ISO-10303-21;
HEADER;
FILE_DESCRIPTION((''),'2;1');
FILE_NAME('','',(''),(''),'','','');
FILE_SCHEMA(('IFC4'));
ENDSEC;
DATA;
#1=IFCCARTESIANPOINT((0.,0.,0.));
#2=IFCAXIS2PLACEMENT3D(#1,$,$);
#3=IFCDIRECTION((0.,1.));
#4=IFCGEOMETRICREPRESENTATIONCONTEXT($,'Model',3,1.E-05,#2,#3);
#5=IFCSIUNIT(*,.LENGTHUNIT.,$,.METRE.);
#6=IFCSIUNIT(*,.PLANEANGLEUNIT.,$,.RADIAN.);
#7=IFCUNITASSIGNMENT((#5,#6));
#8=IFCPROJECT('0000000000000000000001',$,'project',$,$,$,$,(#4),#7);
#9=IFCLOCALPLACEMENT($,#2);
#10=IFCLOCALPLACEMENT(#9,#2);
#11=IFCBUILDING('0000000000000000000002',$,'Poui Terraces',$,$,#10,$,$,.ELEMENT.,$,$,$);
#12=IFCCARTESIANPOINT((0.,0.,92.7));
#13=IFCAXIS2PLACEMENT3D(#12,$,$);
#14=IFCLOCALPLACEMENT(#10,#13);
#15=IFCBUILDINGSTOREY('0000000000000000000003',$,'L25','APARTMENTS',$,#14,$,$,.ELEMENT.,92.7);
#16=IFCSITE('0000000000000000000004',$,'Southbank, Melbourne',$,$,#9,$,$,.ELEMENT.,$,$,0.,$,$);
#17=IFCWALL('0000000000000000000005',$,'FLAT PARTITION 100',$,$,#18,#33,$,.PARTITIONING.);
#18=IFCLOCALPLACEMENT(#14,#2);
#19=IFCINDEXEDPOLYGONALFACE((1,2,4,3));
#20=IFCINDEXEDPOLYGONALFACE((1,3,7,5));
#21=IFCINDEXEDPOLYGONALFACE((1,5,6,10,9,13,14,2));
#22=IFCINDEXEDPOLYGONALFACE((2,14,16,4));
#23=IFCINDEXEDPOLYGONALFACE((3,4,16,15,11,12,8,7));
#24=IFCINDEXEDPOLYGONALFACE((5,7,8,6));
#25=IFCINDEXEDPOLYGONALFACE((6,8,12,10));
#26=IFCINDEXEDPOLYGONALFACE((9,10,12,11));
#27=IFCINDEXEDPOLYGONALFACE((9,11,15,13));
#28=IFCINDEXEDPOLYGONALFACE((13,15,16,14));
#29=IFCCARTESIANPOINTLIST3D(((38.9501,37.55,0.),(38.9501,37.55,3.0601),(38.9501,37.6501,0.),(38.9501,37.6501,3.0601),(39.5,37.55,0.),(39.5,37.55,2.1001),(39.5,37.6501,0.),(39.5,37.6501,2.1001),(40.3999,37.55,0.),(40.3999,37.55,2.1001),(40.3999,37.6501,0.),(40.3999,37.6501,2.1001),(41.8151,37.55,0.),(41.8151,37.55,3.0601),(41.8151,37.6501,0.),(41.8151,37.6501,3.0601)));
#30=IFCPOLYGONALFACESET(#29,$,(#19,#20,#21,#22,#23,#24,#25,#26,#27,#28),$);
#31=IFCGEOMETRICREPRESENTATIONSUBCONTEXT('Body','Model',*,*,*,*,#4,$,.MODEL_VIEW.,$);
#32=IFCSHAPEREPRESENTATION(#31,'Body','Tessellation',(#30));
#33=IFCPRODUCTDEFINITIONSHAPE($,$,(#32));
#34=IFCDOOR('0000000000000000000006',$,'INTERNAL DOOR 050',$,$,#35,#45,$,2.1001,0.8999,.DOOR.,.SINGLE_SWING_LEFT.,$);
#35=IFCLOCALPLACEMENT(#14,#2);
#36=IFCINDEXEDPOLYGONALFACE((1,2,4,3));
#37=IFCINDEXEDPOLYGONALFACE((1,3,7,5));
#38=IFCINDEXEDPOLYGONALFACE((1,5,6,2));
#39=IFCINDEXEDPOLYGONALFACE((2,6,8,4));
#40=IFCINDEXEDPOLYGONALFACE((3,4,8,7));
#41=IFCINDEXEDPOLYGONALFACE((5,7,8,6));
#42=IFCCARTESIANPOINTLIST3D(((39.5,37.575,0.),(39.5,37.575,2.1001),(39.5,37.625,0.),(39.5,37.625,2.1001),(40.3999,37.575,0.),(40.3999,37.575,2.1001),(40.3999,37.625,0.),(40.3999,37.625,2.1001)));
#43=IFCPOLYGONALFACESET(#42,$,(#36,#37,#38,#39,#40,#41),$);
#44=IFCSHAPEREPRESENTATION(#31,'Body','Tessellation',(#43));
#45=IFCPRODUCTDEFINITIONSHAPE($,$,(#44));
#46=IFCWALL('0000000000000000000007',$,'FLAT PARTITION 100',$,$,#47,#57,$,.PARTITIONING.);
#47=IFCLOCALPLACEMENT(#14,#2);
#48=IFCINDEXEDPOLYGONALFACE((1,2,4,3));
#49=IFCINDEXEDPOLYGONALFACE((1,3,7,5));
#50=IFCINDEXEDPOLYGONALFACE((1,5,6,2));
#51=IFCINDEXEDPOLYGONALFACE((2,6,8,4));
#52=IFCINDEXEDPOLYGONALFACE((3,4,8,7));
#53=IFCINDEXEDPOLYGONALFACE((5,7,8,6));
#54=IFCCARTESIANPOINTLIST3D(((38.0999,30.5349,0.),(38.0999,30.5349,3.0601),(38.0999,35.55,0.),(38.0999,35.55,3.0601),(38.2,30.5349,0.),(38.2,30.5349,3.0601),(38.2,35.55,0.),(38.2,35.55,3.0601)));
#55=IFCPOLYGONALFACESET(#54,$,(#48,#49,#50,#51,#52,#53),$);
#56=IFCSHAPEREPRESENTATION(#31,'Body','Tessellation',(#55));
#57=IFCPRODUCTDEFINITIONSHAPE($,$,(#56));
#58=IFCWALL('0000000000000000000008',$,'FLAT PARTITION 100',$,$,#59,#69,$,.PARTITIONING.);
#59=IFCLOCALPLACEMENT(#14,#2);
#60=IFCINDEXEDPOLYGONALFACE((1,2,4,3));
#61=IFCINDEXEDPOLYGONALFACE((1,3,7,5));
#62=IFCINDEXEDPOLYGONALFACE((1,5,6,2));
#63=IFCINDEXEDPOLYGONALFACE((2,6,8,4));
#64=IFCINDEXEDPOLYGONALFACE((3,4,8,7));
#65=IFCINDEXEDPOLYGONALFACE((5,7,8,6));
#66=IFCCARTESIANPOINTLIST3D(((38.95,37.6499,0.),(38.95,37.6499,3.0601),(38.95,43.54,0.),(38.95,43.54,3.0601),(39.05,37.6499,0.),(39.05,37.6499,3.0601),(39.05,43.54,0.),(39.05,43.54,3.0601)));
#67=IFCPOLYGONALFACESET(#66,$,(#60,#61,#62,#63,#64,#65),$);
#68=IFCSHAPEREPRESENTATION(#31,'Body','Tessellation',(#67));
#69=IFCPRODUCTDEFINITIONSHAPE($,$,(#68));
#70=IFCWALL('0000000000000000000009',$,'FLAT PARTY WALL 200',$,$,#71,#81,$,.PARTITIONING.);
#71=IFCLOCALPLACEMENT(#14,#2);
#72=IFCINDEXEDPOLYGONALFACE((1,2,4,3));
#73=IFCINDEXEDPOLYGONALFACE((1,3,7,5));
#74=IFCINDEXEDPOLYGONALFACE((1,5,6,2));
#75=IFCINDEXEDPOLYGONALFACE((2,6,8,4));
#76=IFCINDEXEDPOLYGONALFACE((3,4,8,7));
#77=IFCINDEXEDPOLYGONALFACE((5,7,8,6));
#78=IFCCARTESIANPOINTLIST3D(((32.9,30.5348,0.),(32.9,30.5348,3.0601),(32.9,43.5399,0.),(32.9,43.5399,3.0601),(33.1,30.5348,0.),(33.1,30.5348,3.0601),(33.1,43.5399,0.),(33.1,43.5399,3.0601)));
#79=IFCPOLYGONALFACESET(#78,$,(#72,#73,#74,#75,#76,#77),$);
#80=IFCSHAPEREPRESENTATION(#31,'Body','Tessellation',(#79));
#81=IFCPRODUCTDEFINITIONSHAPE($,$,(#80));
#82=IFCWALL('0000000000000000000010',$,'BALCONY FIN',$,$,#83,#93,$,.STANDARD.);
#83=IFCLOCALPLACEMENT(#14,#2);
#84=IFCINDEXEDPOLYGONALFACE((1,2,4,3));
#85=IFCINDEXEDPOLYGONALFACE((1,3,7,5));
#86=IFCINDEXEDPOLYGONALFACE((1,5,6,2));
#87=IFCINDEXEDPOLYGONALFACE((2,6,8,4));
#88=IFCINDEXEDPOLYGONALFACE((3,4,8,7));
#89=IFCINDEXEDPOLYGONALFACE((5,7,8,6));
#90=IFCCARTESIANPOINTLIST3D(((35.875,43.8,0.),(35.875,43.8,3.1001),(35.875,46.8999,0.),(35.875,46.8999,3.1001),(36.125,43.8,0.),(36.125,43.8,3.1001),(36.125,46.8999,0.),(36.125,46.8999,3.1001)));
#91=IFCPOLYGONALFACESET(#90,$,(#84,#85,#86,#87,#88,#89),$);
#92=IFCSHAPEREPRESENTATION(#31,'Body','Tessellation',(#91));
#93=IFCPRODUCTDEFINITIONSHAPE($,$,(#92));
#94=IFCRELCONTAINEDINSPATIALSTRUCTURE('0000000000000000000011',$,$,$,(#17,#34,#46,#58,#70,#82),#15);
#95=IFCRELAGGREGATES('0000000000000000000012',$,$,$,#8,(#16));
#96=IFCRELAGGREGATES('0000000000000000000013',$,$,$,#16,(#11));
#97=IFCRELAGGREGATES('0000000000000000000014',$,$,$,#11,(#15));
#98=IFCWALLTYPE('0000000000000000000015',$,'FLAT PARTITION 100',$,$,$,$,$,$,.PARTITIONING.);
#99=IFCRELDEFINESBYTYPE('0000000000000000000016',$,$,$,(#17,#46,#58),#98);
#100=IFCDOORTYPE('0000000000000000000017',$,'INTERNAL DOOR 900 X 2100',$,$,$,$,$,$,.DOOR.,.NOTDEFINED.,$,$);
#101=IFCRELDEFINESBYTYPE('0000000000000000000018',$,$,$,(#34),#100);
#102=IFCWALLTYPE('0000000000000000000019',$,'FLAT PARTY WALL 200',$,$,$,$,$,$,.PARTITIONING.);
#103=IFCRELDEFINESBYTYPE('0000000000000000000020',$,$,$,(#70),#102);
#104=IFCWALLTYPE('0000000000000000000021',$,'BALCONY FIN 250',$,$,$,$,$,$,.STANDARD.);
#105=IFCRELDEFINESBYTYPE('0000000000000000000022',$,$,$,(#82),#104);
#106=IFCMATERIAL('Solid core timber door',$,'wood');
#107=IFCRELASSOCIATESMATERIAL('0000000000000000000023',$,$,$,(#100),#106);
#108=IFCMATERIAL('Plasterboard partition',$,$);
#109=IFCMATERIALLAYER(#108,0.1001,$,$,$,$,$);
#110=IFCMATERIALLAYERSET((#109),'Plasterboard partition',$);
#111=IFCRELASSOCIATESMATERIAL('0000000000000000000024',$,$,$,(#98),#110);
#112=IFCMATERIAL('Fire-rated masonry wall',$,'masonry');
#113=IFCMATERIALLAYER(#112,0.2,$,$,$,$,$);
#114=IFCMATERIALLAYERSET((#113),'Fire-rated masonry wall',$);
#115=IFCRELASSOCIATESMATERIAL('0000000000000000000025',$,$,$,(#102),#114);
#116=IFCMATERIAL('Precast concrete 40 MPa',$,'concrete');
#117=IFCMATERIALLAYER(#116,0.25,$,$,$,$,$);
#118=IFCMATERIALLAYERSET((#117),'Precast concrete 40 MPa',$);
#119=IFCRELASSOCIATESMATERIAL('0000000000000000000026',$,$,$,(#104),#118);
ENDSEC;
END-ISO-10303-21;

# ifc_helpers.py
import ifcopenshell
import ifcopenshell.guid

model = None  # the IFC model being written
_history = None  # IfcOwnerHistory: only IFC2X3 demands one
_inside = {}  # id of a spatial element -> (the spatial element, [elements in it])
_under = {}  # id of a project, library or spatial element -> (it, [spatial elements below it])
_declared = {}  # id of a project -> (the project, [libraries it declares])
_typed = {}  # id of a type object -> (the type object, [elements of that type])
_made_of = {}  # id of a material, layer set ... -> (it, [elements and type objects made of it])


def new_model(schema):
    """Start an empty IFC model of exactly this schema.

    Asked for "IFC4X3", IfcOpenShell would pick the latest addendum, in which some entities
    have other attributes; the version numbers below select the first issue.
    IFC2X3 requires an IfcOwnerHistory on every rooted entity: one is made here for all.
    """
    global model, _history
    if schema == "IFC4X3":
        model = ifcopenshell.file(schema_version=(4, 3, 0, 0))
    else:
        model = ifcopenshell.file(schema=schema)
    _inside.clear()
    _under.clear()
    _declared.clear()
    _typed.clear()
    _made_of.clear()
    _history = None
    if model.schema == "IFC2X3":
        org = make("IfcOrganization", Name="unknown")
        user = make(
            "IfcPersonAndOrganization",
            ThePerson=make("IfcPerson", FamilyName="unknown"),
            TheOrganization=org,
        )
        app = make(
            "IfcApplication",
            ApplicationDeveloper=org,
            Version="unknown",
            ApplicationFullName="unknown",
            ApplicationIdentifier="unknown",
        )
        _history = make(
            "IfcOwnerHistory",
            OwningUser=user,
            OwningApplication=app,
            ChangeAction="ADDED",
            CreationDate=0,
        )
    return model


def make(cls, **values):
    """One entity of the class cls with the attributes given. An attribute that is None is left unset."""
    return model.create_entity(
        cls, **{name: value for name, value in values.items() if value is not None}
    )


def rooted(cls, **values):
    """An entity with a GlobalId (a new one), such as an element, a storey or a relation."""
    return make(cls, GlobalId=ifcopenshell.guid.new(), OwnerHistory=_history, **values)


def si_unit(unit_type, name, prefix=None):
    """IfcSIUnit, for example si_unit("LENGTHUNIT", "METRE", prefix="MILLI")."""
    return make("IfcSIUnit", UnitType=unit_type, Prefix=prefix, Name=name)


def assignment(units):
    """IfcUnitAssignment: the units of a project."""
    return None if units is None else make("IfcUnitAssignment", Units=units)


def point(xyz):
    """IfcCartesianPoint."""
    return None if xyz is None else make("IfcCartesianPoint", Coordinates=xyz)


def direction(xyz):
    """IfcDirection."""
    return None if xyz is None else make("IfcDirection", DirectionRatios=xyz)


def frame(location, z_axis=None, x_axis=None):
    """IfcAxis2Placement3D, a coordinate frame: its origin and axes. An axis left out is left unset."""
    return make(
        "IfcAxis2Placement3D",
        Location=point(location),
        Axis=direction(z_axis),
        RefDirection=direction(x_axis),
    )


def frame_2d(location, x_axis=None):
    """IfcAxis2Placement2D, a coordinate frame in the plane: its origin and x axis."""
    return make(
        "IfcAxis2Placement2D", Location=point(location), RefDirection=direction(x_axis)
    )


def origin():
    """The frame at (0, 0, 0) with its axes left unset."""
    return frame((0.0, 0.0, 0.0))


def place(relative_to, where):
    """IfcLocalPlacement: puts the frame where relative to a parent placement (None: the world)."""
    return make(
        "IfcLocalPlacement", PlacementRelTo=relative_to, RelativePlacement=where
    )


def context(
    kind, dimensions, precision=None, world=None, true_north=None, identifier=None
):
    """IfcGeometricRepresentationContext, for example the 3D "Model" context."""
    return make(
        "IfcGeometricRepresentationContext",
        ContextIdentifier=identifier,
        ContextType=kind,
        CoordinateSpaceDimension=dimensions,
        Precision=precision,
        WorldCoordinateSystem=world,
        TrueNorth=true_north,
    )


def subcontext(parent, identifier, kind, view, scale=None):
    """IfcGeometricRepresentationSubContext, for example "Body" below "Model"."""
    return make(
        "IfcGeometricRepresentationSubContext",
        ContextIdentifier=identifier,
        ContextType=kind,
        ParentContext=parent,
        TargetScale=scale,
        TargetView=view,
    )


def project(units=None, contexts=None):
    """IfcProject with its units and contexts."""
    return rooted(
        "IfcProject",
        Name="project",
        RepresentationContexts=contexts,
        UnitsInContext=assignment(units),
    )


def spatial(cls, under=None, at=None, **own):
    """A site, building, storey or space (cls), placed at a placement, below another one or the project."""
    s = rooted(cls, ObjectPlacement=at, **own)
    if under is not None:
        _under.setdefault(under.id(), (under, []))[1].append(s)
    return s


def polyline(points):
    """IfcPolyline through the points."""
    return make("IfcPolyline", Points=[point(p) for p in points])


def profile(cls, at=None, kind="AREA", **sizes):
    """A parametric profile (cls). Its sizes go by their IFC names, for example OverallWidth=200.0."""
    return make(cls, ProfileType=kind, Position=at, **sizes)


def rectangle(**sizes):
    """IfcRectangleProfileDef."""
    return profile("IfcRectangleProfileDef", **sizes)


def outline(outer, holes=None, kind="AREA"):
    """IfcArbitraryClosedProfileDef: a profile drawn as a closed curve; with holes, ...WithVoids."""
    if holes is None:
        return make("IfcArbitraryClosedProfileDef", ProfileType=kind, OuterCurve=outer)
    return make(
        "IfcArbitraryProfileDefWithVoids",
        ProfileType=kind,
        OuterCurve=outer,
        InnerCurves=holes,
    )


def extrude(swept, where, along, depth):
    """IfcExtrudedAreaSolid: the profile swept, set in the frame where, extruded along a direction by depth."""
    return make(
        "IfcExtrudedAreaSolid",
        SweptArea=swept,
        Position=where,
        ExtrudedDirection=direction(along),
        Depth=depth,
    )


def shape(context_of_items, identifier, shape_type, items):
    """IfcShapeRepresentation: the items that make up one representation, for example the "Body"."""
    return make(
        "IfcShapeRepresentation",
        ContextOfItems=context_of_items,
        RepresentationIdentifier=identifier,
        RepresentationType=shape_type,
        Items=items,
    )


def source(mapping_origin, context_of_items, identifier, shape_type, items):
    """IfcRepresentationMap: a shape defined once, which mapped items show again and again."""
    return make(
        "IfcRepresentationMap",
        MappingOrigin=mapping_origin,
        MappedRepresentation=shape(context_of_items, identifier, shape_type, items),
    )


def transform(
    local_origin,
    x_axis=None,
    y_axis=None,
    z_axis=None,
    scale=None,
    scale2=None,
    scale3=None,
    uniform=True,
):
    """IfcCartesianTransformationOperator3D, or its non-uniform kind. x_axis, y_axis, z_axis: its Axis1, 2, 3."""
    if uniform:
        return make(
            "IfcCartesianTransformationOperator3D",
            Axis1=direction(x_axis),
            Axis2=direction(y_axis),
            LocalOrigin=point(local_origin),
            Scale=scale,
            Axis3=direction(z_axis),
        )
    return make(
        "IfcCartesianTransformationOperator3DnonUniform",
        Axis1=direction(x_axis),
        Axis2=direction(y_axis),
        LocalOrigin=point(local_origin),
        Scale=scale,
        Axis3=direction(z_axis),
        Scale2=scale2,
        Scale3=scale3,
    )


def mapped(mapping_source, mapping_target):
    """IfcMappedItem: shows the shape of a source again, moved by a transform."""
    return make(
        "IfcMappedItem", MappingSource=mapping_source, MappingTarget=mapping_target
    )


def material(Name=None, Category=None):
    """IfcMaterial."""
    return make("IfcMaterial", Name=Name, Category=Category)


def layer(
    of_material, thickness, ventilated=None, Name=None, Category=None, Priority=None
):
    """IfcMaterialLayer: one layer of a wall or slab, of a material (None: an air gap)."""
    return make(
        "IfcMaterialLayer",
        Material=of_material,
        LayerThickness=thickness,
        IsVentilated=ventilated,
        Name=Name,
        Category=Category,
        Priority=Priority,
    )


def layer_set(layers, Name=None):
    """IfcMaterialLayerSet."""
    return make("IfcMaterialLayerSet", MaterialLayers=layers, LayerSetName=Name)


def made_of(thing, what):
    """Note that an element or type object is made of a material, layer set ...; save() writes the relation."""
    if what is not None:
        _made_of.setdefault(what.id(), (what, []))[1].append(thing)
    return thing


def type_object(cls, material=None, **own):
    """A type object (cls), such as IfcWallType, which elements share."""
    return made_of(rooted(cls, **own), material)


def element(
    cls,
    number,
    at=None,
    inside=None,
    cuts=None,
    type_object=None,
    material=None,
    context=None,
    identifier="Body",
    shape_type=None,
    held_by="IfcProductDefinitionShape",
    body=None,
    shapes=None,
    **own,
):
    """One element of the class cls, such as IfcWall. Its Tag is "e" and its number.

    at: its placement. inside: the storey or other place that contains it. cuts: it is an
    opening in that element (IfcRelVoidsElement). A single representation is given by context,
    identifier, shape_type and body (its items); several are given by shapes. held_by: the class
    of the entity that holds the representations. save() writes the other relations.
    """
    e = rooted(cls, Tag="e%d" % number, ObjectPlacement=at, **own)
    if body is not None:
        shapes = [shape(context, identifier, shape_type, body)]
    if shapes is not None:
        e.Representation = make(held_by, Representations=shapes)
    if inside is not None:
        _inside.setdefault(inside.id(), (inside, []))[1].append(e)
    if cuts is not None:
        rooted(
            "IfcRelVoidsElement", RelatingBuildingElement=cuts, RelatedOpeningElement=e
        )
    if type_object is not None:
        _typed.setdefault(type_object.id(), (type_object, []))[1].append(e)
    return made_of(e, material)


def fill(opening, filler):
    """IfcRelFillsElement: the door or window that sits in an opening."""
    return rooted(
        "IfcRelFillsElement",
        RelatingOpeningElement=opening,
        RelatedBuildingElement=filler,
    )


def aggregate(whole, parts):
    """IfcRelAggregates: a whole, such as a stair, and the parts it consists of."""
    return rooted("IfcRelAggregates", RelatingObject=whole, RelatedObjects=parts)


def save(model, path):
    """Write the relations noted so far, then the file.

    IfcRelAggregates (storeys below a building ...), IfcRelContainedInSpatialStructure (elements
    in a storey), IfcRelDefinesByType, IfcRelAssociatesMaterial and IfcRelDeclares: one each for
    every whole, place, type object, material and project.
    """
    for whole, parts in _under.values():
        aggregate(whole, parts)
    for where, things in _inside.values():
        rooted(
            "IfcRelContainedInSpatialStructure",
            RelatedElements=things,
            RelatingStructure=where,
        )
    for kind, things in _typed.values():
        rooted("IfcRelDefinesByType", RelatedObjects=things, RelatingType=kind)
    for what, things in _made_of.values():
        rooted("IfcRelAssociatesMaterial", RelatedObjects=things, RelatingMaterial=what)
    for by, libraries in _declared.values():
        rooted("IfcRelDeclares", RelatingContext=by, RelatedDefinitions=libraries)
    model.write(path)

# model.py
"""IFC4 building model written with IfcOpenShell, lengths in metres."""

from ifc_helpers import new_model, si_unit, direction, frame, frame_2d, origin, place, context, subcontext, project, spatial, polyline, rectangle, outline, extrude, source, transform, mapped, material, layer, layer_set, type_object, element, fill, save


model = new_model("IFC4")

# Units and contexts
model_context = context("Model", 3, precision=1e-05, world=origin(), true_north=direction((0.0, 1.0)))
body_context = subcontext(model_context, "Body", "Model", "MODEL_VIEW")
ifc_project = project(units=[si_unit("LENGTHUNIT", "METRE"), si_unit("PLANEANGLEUNIT", "RADIAN")], contexts=[model_context])

# Site, building, storey
site_placement = place(None, origin())
site = spatial("IfcSite", under=ifc_project, at=site_placement, Name="Southbank, Melbourne", CompositionType="ELEMENT", RefElevation=0.0)
building_placement = place(site_placement, origin())
building = spatial("IfcBuilding", under=site, at=building_placement, Name="Poui Terraces", CompositionType="ELEMENT")
storey_placement = place(building_placement, frame((0.0, 0.0, 92.7)))
storey = spatial("IfcBuildingStorey", under=building, at=storey_placement, Name="L25", Description="APARTMENTS", CompositionType="ELEMENT", Elevation=92.7)

# Wall, opening, door
ifc_material_1 = material(Name="Solid core timber door", Category="wood")
door_type_1 = type_object("IfcDoorType", Name="INTERNAL DOOR 900 X 2100", OperationType="NOTDEFINED", PredefinedType="DOOR", material=ifc_material_1)
ifc_material_2 = material(Name="Plasterboard partition")
ifc_layer_1 = layer(ifc_material_2, 0.1001)
ifc_layer_set_1 = layer_set([ifc_layer_1], Name="Plasterboard partition")
wall_type_1 = type_object("IfcWallType", Name="FLAT PARTITION 100", PredefinedType="PARTITIONING", material=ifc_layer_set_1)
wall_1_placement = place(storey_placement, frame((38.95, 37.6001, 0.0), z_axis=(0.0, 0.0, 1.0), x_axis=(1.0, 0.0, 0.0)))
wall_1 = element("IfcWall", 1, at=wall_1_placement, inside=storey, type_object=wall_type_1, Name="FLAT PARTITION 100", PredefinedType="PARTITIONING", context=body_context, shape_type="SweptSolid", body=[
    extrude(rectangle(XDim=2.865, YDim=0.1001, at=frame_2d((1.4326, 0.0))), origin(), (0.0, 0.0, 1.0), 3.0601),
])
opening_1_placement = place(wall_1_placement, frame((0.55, 0.0, 0.0)))
opening_1 = element("IfcOpeningElement", 2, at=opening_1_placement, cuts=wall_1, PredefinedType="OPENING", context=body_context, shape_type="SweptSolid", body=[
    extrude(rectangle(XDim=0.8999, YDim=2.1001, at=frame_2d((0.45, 1.05))), frame((0.0, 0.0601, 0.0), z_axis=(0.0, -1.0, 0.0), x_axis=(1.0, 0.0, 0.0)), (0.0, 0.0, 1.0), 0.1201),
])
door_1_placement = place(opening_1_placement, origin())
door_1 = element("IfcDoor", 3, at=door_1_placement, inside=storey, type_object=door_type_1, Name="INTERNAL DOOR 050", OperationType="SINGLE_SWING_LEFT", OverallHeight=2.1001, OverallWidth=0.8999, PredefinedType="DOOR", context=body_context, shape_type="SweptSolid", body=[
    extrude(rectangle(XDim=0.8999, YDim=2.1001, at=frame_2d((0.45, 1.05))), frame((0.0, 0.0249, 0.0), z_axis=(0.0, -1.0, 0.0), x_axis=(1.0, 0.0, 0.0)), (0.0, 0.0, 1.0), 0.05),
])
fill(opening_1, door_1)

# Walls
wall_2_placement = place(storey_placement, frame((38.1499, 30.5349, 0.0), z_axis=(0.0, 0.0, 1.0), x_axis=(0.0, 1.0, 0.0)))
element("IfcWall", 4, at=wall_2_placement, inside=storey, type_object=wall_type_1, Name="FLAT PARTITION 100", PredefinedType="PARTITIONING", context=body_context, shape_type="SweptSolid", body=[
    extrude(rectangle(XDim=5.0151, YDim=0.1001, at=frame_2d((2.5076, 0.0))), origin(), (0.0, 0.0, 1.0), 3.0601),
])
wall_3_placement = place(storey_placement, frame((39.0, 37.6499, 0.0), z_axis=(0.0, 0.0, 1.0), x_axis=(0.0, 1.0, 0.0)))
element("IfcWall", 5, at=wall_3_placement, inside=storey, type_object=wall_type_1, Name="FLAT PARTITION 100", PredefinedType="PARTITIONING", context=body_context, shape_type="SweptSolid", body=[
    extrude(rectangle(XDim=5.8901, YDim=0.1001, at=frame_2d((2.9451, 0.0))), origin(), (0.0, 0.0, 1.0), 3.0601),
])
ifc_material_3 = material(Name="Fire-rated masonry wall", Category="masonry")
ifc_layer_2 = layer(ifc_material_3, 0.2)
ifc_layer_set_2 = layer_set([ifc_layer_2], Name="Fire-rated masonry wall")
wall_type_2 = type_object("IfcWallType", Name="FLAT PARTY WALL 200", PredefinedType="PARTITIONING", material=ifc_layer_set_2)
wall_4_placement = place(storey_placement, frame((33.0, 30.5349, 0.0), z_axis=(0.0, 0.0, 1.0), x_axis=(0.0, 1.0, 0.0)))
element("IfcWall", 6, at=wall_4_placement, inside=storey, type_object=wall_type_2, Name="FLAT PARTY WALL 200", PredefinedType="PARTITIONING", context=body_context, shape_type="SweptSolid", body=[
    extrude(rectangle(XDim=13.0051, YDim=0.2, at=frame_2d((6.5024, 0.0))), origin(), (0.0, 0.0, 1.0), 3.0601),
])
ifc_material_4 = material(Name="Precast concrete 40 MPa", Category="concrete")
ifc_layer_3 = layer(ifc_material_4, 0.25)
ifc_layer_set_3 = layer_set([ifc_layer_3], Name="Precast concrete 40 MPa")
wall_type_3 = type_object("IfcWallType", Name="BALCONY FIN 250", PredefinedType="STANDARD", material=ifc_layer_set_3)
shared_shape_1 = source(origin(), body_context, "Body", "SweptSolid", [
    extrude(outline(polyline([(0.0, 0.0), (0.25, 0.0), (0.25, 3.0999), (0.0, 3.0999), (0.0, 0.0)])), origin(), (0.0, 0.0, 1.0), 3.1001),
])
wall_5_placement = place(storey_placement, frame((35.875, 43.8, 0.0)))
element("IfcWall", 7, at=wall_5_placement, inside=storey, type_object=wall_type_3, Name="BALCONY FIN", PredefinedType="STANDARD", context=body_context, shape_type="MappedRepresentation", body=[
    mapped(shared_shape_1, transform((0.0, 0.0, 0.0))),
])

save(model, "model.ifc")
